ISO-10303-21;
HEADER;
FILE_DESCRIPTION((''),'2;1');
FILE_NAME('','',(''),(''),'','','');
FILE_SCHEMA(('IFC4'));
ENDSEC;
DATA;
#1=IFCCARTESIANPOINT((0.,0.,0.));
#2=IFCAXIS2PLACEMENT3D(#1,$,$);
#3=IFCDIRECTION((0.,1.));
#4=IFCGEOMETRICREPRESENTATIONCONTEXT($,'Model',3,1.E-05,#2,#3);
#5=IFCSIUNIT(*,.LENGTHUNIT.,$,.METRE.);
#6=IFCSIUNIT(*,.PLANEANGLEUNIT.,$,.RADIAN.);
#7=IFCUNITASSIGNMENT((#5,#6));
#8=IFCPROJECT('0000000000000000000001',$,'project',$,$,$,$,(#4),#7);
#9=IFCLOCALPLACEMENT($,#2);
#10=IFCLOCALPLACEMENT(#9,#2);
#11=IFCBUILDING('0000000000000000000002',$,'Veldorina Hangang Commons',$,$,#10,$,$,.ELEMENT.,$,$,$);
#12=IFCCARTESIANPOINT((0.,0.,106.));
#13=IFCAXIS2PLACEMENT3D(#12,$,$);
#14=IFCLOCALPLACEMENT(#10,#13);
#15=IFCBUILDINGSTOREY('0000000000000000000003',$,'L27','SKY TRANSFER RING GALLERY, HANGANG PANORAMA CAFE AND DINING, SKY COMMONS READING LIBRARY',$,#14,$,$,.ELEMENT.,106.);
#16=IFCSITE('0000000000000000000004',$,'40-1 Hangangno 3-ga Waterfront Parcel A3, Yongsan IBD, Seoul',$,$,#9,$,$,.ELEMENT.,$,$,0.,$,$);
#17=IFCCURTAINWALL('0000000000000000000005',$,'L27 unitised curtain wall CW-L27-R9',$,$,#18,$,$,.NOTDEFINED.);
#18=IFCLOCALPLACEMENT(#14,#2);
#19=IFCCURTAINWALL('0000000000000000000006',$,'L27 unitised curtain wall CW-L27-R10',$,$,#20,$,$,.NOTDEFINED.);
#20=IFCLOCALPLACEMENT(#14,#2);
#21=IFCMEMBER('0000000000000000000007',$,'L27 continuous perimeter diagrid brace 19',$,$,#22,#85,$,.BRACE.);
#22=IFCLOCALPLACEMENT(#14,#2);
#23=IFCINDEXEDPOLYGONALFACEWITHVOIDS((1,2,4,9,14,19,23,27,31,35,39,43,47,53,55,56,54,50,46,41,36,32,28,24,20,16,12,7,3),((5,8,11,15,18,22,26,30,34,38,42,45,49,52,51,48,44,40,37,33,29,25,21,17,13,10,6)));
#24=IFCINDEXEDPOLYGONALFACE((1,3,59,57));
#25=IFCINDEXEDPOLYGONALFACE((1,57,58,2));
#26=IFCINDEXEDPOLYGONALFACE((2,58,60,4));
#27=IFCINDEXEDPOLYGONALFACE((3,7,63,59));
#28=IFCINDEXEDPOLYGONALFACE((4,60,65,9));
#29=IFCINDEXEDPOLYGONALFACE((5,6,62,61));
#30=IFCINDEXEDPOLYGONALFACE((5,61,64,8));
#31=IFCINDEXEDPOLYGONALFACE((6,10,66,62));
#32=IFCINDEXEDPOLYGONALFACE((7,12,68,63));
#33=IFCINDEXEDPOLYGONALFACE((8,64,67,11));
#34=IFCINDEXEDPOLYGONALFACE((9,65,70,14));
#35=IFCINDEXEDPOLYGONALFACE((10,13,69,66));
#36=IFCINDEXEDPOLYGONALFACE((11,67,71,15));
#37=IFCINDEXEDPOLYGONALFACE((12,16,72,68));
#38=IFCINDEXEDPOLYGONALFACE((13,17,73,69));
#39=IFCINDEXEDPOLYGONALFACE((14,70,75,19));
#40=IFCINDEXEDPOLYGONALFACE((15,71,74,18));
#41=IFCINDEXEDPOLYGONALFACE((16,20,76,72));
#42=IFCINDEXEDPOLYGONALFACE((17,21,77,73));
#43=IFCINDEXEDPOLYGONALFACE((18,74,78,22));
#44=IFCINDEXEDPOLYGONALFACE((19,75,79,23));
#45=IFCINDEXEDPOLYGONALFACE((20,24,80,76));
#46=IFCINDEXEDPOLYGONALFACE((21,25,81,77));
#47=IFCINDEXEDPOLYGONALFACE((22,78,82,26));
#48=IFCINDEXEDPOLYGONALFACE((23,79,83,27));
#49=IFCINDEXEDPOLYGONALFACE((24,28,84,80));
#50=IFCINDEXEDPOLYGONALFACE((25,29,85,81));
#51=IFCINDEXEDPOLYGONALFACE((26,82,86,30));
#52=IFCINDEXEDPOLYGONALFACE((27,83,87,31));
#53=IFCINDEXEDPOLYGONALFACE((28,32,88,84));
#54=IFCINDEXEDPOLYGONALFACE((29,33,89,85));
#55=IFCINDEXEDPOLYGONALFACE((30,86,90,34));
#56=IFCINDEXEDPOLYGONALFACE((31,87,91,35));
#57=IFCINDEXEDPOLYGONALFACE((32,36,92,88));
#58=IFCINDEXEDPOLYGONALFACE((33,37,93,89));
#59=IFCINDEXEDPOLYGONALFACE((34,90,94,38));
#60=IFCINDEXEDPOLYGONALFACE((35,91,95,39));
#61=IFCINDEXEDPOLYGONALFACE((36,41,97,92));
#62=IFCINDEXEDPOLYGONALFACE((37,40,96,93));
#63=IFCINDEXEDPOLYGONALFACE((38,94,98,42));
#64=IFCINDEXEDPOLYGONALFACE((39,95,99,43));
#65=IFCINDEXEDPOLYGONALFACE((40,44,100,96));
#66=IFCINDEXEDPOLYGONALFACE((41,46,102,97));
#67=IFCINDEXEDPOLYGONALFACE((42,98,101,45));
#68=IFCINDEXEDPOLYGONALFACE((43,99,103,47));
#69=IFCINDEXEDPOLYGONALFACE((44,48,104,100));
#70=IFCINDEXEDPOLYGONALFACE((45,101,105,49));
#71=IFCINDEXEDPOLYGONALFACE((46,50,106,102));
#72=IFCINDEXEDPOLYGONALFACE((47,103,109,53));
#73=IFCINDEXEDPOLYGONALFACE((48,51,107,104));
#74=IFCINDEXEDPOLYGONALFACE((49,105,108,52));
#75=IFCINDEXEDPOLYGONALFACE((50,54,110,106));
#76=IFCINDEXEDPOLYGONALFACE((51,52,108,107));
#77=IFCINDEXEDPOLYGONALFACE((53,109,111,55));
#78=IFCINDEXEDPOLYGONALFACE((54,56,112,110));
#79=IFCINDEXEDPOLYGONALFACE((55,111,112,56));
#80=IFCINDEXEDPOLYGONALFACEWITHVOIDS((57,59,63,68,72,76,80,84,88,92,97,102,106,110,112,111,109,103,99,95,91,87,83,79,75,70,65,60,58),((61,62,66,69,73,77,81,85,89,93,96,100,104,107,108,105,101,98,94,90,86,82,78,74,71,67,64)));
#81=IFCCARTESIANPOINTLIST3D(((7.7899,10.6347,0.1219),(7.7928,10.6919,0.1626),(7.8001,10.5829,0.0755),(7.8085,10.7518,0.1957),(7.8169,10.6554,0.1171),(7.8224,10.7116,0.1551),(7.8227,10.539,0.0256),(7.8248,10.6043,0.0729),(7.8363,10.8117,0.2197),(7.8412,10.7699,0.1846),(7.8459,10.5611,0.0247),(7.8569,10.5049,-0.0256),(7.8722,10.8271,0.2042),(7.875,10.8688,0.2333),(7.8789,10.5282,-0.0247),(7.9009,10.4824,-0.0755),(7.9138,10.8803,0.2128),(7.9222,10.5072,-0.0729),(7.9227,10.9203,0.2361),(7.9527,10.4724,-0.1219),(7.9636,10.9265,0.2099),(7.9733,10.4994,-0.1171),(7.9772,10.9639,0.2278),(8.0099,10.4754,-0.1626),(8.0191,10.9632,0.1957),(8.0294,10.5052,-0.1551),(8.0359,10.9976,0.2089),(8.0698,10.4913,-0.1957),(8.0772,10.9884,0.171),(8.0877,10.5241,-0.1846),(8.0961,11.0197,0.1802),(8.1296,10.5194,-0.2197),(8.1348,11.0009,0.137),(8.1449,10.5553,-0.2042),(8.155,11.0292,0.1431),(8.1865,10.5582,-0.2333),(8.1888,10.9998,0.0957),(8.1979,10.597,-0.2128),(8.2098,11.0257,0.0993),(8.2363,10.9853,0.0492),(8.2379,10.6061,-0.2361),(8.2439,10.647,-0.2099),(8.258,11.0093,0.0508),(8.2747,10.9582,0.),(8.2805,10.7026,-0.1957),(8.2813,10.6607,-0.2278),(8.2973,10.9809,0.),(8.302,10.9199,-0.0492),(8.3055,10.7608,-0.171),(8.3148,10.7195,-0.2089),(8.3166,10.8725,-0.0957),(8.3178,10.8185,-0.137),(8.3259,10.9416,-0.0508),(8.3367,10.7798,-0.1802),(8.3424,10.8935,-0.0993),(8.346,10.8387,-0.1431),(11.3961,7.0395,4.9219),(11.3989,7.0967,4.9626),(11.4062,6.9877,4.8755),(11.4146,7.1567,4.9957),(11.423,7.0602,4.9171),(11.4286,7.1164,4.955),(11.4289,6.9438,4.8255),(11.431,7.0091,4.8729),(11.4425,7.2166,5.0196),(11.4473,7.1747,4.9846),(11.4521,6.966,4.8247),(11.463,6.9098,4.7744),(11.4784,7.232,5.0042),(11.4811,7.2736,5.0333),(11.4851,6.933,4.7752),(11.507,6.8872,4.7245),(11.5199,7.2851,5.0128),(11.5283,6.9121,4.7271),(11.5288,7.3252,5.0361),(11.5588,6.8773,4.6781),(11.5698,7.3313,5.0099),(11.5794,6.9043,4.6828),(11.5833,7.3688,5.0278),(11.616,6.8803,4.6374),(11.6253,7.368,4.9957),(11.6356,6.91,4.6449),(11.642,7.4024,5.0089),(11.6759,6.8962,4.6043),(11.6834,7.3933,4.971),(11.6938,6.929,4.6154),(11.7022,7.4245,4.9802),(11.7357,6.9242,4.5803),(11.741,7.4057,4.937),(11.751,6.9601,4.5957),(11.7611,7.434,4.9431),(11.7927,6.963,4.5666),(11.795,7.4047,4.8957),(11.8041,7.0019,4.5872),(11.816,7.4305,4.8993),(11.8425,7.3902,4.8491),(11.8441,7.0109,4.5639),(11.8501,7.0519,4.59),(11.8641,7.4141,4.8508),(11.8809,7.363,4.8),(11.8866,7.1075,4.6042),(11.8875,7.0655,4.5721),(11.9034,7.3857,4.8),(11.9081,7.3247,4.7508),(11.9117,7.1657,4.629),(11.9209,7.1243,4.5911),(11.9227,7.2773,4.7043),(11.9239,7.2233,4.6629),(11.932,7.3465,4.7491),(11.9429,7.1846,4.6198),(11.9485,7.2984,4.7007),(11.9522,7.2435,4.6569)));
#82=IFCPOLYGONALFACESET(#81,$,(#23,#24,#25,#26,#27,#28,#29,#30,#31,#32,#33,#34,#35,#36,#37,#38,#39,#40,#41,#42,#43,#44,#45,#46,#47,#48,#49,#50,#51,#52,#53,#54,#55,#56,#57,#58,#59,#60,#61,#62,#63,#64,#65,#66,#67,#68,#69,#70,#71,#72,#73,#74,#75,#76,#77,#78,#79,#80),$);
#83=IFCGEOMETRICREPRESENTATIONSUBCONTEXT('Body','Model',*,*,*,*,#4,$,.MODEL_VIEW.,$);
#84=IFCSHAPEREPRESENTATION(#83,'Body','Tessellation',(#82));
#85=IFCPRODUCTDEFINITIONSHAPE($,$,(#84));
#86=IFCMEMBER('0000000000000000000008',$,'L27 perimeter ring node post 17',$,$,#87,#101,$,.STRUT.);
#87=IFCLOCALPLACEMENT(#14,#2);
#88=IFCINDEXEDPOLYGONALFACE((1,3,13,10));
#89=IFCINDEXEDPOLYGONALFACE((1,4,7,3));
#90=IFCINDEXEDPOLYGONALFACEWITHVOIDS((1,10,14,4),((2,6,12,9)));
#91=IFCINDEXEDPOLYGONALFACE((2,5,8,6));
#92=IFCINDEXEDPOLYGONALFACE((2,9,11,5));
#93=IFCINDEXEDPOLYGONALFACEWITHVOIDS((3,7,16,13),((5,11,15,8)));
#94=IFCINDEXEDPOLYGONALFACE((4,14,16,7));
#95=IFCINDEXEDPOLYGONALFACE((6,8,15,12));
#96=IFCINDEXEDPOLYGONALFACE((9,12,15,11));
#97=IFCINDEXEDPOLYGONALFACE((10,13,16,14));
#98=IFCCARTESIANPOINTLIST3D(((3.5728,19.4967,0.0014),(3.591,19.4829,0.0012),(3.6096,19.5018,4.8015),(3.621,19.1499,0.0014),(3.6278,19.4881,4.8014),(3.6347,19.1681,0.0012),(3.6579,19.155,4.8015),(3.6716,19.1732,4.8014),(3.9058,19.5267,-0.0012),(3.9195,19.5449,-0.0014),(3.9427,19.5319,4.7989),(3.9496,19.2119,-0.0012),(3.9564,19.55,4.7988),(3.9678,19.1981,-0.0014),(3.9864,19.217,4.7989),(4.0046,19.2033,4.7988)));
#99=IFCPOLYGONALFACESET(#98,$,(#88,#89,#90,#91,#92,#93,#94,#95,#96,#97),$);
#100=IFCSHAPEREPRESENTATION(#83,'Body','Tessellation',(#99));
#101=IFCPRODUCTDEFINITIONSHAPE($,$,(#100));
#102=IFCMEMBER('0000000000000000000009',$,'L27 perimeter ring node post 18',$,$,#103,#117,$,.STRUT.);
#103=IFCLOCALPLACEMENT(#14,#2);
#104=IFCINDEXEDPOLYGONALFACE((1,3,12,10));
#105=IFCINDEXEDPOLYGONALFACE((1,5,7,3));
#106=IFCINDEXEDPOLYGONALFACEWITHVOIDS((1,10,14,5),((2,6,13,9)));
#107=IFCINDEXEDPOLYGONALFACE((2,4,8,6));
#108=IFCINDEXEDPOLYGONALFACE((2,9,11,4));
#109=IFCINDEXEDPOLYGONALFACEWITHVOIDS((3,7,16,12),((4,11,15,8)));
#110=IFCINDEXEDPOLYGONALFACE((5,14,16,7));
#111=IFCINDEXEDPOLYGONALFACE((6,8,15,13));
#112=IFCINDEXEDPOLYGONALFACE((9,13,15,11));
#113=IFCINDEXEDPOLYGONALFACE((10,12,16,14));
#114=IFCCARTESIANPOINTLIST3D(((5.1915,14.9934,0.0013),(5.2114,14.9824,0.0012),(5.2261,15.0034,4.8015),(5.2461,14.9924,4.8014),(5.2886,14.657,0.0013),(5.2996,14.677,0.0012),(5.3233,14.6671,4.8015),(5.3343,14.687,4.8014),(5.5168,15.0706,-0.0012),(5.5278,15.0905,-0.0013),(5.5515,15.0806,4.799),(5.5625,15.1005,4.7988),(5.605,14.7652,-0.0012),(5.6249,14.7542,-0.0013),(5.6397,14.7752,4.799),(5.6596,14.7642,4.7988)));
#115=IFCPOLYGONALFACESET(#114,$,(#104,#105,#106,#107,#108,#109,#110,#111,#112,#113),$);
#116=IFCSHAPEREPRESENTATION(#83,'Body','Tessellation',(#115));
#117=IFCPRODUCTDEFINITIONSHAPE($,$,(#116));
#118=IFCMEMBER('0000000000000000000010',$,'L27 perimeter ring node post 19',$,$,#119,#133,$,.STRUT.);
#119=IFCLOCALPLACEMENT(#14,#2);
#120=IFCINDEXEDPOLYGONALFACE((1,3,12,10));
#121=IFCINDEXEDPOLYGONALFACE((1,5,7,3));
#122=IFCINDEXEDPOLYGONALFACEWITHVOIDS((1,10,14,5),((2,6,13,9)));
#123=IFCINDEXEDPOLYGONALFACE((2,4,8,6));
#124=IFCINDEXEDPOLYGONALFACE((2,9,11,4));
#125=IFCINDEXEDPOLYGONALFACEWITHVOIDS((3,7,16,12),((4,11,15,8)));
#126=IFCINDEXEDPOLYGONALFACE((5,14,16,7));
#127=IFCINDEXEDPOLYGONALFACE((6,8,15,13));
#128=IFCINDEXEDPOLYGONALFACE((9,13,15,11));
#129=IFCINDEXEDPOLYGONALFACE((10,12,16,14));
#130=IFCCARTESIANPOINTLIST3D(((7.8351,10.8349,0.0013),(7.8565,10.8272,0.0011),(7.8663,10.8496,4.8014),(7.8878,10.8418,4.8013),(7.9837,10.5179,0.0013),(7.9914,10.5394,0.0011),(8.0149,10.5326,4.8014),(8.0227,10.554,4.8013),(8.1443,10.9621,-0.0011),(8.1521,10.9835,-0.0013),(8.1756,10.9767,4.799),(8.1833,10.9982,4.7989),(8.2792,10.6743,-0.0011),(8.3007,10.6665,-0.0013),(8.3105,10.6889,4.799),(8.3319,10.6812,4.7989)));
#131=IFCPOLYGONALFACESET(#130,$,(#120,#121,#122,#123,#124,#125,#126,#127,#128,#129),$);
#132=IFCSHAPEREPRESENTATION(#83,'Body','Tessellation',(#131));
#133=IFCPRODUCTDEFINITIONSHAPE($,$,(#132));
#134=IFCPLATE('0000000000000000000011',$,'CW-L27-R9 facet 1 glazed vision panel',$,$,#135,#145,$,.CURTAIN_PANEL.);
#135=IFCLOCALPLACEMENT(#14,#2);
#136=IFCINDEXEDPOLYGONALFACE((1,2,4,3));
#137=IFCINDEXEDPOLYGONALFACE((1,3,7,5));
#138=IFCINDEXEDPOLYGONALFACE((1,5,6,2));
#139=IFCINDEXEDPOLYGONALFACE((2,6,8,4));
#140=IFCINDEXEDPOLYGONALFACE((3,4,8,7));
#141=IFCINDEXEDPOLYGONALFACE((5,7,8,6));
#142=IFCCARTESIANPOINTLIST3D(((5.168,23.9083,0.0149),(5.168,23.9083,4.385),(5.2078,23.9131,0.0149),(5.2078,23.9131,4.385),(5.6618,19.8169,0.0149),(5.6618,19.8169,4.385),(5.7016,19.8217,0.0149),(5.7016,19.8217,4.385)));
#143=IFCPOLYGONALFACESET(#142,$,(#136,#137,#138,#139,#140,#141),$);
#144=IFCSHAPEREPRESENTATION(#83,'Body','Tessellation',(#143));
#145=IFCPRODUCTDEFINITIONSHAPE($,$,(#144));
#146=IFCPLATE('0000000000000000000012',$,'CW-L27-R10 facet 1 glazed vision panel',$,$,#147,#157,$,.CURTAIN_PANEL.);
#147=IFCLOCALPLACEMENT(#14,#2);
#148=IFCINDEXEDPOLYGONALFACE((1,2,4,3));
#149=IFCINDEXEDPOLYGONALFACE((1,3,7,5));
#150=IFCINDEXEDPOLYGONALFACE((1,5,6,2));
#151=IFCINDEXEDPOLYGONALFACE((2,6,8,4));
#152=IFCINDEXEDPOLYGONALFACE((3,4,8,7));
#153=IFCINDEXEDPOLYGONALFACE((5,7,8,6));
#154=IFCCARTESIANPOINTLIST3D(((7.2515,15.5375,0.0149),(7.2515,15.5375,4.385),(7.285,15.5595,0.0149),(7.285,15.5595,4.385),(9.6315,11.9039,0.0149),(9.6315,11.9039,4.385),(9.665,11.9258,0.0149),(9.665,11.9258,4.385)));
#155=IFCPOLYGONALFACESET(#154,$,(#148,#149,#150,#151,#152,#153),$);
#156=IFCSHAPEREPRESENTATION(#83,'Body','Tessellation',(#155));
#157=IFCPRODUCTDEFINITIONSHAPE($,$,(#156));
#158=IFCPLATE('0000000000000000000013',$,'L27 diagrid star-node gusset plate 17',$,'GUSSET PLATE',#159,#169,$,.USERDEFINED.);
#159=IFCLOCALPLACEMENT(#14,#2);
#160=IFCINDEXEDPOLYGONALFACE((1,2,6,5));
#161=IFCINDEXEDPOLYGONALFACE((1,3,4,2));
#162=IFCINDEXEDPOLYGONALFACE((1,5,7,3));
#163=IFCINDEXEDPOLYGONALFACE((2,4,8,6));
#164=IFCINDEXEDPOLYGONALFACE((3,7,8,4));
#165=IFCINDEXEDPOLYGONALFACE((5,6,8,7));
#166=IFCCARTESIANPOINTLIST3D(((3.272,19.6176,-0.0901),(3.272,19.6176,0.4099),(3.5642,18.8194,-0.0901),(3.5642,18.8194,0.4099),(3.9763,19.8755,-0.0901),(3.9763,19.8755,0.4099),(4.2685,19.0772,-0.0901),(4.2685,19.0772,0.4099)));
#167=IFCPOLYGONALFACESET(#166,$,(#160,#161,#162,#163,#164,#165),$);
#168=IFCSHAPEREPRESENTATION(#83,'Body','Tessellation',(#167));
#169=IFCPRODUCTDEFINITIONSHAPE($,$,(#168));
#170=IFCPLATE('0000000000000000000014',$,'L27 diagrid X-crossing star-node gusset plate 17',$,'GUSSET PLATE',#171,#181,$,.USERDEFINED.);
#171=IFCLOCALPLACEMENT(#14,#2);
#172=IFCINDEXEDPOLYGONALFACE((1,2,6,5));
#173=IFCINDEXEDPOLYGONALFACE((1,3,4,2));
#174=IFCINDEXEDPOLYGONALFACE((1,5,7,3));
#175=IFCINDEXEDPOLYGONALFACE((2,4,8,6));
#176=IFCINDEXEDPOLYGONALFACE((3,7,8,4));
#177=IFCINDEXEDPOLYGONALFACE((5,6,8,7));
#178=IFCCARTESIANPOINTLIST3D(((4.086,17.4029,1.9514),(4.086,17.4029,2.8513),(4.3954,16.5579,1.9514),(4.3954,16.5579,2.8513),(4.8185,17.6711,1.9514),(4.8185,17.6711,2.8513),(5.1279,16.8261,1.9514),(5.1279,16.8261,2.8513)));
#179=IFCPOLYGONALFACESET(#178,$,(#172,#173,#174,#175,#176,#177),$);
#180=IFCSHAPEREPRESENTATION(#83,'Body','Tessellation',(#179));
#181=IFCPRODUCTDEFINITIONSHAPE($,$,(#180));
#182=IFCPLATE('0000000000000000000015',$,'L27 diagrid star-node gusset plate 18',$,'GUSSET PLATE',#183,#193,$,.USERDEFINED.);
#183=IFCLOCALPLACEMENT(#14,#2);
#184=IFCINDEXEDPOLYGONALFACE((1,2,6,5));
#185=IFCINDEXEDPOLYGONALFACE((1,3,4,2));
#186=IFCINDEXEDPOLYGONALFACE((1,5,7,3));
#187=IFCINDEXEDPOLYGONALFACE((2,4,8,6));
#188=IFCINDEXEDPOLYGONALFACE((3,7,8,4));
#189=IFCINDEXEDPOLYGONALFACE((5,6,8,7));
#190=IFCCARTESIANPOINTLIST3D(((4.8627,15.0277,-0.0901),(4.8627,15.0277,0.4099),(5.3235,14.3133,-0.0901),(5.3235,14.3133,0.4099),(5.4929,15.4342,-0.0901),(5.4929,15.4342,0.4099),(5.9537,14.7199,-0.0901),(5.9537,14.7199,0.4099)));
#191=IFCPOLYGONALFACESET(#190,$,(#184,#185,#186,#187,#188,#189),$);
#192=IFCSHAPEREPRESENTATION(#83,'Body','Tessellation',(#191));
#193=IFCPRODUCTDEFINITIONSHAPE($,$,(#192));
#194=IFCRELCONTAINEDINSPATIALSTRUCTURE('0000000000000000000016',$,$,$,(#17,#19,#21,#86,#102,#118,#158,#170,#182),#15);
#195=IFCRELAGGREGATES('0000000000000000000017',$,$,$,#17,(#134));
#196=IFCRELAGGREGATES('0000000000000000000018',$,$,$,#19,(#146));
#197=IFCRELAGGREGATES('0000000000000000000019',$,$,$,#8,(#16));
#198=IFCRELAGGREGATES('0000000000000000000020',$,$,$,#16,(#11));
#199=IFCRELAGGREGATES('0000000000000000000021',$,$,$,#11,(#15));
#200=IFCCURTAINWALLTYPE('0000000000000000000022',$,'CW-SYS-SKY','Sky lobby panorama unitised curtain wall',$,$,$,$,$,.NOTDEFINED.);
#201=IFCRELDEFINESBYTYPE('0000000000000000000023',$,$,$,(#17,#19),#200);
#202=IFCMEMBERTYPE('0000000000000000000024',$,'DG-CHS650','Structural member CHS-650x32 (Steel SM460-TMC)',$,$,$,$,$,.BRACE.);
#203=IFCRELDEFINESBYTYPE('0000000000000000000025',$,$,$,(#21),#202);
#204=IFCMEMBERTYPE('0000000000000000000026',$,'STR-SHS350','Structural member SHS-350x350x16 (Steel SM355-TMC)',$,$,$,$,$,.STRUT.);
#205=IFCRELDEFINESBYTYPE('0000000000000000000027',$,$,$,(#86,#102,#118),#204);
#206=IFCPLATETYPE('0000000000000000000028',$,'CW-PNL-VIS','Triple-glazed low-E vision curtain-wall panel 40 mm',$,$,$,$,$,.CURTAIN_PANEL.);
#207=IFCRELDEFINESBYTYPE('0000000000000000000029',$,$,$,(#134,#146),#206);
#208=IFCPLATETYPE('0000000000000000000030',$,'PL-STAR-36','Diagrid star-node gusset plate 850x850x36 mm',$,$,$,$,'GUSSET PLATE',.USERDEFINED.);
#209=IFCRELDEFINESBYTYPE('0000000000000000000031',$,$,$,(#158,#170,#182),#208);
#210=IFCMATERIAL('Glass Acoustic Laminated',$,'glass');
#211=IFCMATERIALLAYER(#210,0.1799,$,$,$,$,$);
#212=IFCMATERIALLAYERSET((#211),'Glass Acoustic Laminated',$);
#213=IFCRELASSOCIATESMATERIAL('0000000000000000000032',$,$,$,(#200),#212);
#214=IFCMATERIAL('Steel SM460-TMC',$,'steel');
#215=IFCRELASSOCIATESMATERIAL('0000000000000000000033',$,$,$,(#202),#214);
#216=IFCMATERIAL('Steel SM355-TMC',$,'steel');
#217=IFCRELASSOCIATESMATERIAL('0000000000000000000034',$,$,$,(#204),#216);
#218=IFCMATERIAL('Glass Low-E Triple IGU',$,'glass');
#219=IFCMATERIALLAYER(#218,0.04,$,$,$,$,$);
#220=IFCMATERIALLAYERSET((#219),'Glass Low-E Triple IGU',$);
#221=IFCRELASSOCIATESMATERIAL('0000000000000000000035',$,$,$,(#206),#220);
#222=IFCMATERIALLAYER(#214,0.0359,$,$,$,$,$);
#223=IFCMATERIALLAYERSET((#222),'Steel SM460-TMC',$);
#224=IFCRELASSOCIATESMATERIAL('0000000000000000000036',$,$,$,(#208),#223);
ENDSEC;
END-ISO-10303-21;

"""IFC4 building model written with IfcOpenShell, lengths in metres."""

from ifc_helpers import new_model, si_unit, direction, frame, origin, origin_2d, place, context, subcontext, project, spatial, rectangle, hollow_rectangle, hollow_circle, extrude, material, layer, layer_set, material_profile, profile_set, type_object, element, aggregate, save


model = new_model("IFC4")

# Units and contexts
model_context = context("Model", 3, precision=1e-05, world=origin(), true_north=direction((0.0, 1.0)))
body_context = subcontext(model_context, "Body", "Model", "MODEL_VIEW")
ifc_project = project(units=[si_unit("LENGTHUNIT", "METRE"), si_unit("PLANEANGLEUNIT", "RADIAN")], contexts=[model_context])

# Site, building, storey
site_placement = place(None, origin())
site = spatial("IfcSite", under=ifc_project, at=site_placement, Name="40-1 Hangangno 3-ga Waterfront Parcel A3, Yongsan IBD, Seoul", CompositionType="ELEMENT", RefElevation=0.0)
building_placement = place(site_placement, origin())
building = spatial("IfcBuilding", under=site, at=building_placement, Name="Veldorina Hangang Commons", CompositionType="ELEMENT")
storey_placement = place(building_placement, frame((0.0, 0.0, 106.0)))
storey = spatial("IfcBuildingStorey", under=building, at=storey_placement, Name="L27", Description="SKY TRANSFER RING GALLERY, HANGANG PANORAMA CAFE AND DINING, SKY COMMONS READING LIBRARY", CompositionType="ELEMENT", Elevation=106.0)

# Shared definitions
ifc_material_1 = material(Name="Steel SM355-TMC", Category="steel")

# Curtain wall
ifc_material_2 = material(Name="Glass Acoustic Laminated", Category="glass")
ifc_layer_1 = layer(ifc_material_2, 0.1799)
ifc_layer_set_1 = layer_set([ifc_layer_1], Name="Glass Acoustic Laminated")
curtain_wall_type = type_object("IfcCurtainWallType", Name="CW-SYS-SKY", Description="Sky lobby panorama unitised curtain wall", PredefinedType="NOTDEFINED", material=ifc_layer_set_1)
curtain_wall_1_placement = place(storey_placement, origin())
curtain_wall_1 = element("IfcCurtainWall", 1, at=curtain_wall_1_placement, inside=storey, type_object=curtain_wall_type, Name="L27 unitised curtain wall CW-L27-R9", PredefinedType="NOTDEFINED")

# Curtain wall
curtain_wall_2_placement = place(storey_placement, origin())
curtain_wall_2 = element("IfcCurtainWall", 2, at=curtain_wall_2_placement, inside=storey, type_object=curtain_wall_type, Name="L27 unitised curtain wall CW-L27-R10", PredefinedType="NOTDEFINED")

# Members
ifc_material_3 = material(Name="Steel SM460-TMC", Category="steel")
ifc_material_profile_1 = material_profile(ifc_material_3, hollow_circle(Radius=0.325, WallThickness=0.032, at=origin_2d()), Name="CHS-650x32")
ifc_profile_set_1 = profile_set([ifc_material_profile_1], Name="Steel SM460-TMC")
member_type_1 = type_object("IfcMemberType", Name="DG-CHS650", Description="Structural member CHS-650x32 (Steel SM460-TMC)", PredefinedType="BRACE", material=ifc_profile_set_1)
member_1_placement = place(storey_placement, frame((8.0679, 10.7507, 0.0), z_axis=(0.515326, -0.513756, 0.685926), x_axis=(0.706027, 0.708185, 0.0)))
element("IfcMember", 3, at=member_1_placement, inside=storey, type_object=member_type_1, Name="L27 continuous perimeter diagrid brace 19", PredefinedType="BRACE", context=body_context, shape_type="SweptSolid", body=[
    extrude(hollow_circle(Radius=0.325, WallThickness=0.032, at=origin_2d()), origin(), (0.0, 0.0, 1.0), 6.9978),
])
ifc_material_profile_2 = material_profile(ifc_material_1, hollow_rectangle(XDim=0.3501, YDim=0.3501, WallThickness=0.0161, at=origin_2d()), Name="SHS-350x350x16")
ifc_profile_set_2 = profile_set([ifc_material_profile_2], Name="Steel SM355-TMC")
member_type_2 = type_object("IfcMemberType", Name="STR-SHS350", Description="Structural member SHS-350x350x16 (Steel SM355-TMC)", PredefinedType="STRUT", material=ifc_profile_set_2)
for number, where, z_axis, x_axis, name in (
    (4, (3.7703, 19.3474, 0.0), (0.00768, 0.001068, 0.99997), (-0.137747, 0.990467, 0.0), "L27 perimeter ring node post 17"),
    (5, (5.4082, 14.8738, 0.0), (0.007222, 0.002085, 0.999972), (-0.277401, 0.960754, 0.0), "L27 perimeter ring node post 18"),
    (6, (8.0679, 10.7507, 0.0), (0.00651, 0.003052, 0.999974), (-0.424434, 0.905459, 0.0), "L27 perimeter ring node post 19"),
):
    element("IfcMember", number, at=place(storey_placement, frame(where, z_axis=z_axis, x_axis=x_axis)), inside=storey, type_object=member_type_2, Name=name, PredefinedType="STRUT", context=body_context, shape_type="SweptSolid", body=[
        extrude(hollow_rectangle(XDim=0.3501, YDim=0.3501, WallThickness=0.0161, at=origin_2d()), origin(), (0.0, 0.0, 1.0), 4.8003),
    ])

# Plates
ifc_material_4 = material(Name="Glass Low-E Triple IGU", Category="glass")
ifc_layer_2 = layer(ifc_material_4, 0.04)
ifc_layer_set_2 = layer_set([ifc_layer_2], Name="Glass Low-E Triple IGU")
plate_type_1 = type_object("IfcPlateType", Name="CW-PNL-VIS", Description="Triple-glazed low-E vision curtain-wall panel 40 mm", PredefinedType="CURTAIN_PANEL", material=ifc_layer_set_2)
plate_1_placement = place(storey_placement, frame((5.4348, 21.865, 0.0149), z_axis=(0.0, 0.0, 1.0), x_axis=(0.119825, -0.992795, 0.0)))
plate_1 = element("IfcPlate", 7, at=plate_1_placement, type_object=plate_type_1, Name="CW-L27-R9 facet 1 glazed vision panel", PredefinedType="CURTAIN_PANEL", context=body_context, shape_type="SweptSolid", body=[
    extrude(rectangle(XDim=4.1211, YDim=0.04, at=origin_2d()), origin(), (0.0, 0.0, 1.0), 4.3701),
])
aggregate(curtain_wall_1, [plate_1])
plate_2_placement = place(storey_placement, frame((8.4583, 13.7317, 0.0149), z_axis=(0.0, 0.0, 1.0), x_axis=(0.547928, -0.836525, 0.0)))
plate_2 = element("IfcPlate", 8, at=plate_2_placement, type_object=plate_type_1, Name="CW-L27-R10 facet 1 glazed vision panel", PredefinedType="CURTAIN_PANEL", context=body_context, shape_type="SweptSolid", body=[
    extrude(rectangle(XDim=4.3438, YDim=0.04, at=origin_2d()), origin(), (0.0, 0.0, 1.0), 4.3701),
])
aggregate(curtain_wall_2, [plate_2])

# Plates
ifc_layer_3 = layer(ifc_material_3, 0.0359)
ifc_layer_set_3 = layer_set([ifc_layer_3], Name="Steel SM460-TMC")
plate_type_2 = type_object("IfcPlateType", Name="PL-STAR-36", Description="Diagrid star-node gusset plate 850x850x36 mm", ElementType="GUSSET PLATE", PredefinedType="USERDEFINED", material=ifc_layer_set_3)
plate_3_placement = place(storey_placement, frame((3.7703, 19.3474, -0.0901), z_axis=(0.0, 0.0, 1.0), x_axis=(0.343791, -0.939046, 0.0)))
element("IfcPlate", 9, at=plate_3_placement, inside=storey, type_object=plate_type_2, Name="L27 diagrid star-node gusset plate 17", ObjectType="GUSSET PLATE", PredefinedType="USERDEFINED", context=body_context, shape_type="SweptSolid", body=[
    extrude(rectangle(XDim=0.8501, YDim=0.75, at=origin_2d()), origin(), (0.0, 0.0, 1.0), 0.5),
])
plate_4_placement = place(storey_placement, frame((4.6069, 17.1145, 1.9514), z_axis=(0.0, 0.0, 1.0), x_axis=(0.343791, -0.939046, 0.0)))
element("IfcPlate", 10, at=plate_4_placement, inside=storey, type_object=plate_type_2, Name="L27 diagrid X-crossing star-node gusset plate 17", ObjectType="GUSSET PLATE", PredefinedType="USERDEFINED", context=body_context, shape_type="SweptSolid", body=[
    extrude(rectangle(XDim=0.8999, YDim=0.78, at=origin_2d()), origin(), (0.0, 0.0, 1.0), 0.8999),
])
plate_5_placement = place(storey_placement, frame((5.4082, 14.8738, -0.0901), z_axis=(0.0, 0.0, 1.0), x_axis=(0.542104, -0.840311, 0.0)))
element("IfcPlate", 11, at=plate_5_placement, inside=storey, type_object=plate_type_2, Name="L27 diagrid star-node gusset plate 18", ObjectType="GUSSET PLATE", PredefinedType="USERDEFINED", context=body_context, shape_type="SweptSolid", body=[
    extrude(rectangle(XDim=0.8501, YDim=0.75, at=origin_2d()), origin(), (0.0, 0.0, 1.0), 0.5),
])

save(model, "model.ifc")
